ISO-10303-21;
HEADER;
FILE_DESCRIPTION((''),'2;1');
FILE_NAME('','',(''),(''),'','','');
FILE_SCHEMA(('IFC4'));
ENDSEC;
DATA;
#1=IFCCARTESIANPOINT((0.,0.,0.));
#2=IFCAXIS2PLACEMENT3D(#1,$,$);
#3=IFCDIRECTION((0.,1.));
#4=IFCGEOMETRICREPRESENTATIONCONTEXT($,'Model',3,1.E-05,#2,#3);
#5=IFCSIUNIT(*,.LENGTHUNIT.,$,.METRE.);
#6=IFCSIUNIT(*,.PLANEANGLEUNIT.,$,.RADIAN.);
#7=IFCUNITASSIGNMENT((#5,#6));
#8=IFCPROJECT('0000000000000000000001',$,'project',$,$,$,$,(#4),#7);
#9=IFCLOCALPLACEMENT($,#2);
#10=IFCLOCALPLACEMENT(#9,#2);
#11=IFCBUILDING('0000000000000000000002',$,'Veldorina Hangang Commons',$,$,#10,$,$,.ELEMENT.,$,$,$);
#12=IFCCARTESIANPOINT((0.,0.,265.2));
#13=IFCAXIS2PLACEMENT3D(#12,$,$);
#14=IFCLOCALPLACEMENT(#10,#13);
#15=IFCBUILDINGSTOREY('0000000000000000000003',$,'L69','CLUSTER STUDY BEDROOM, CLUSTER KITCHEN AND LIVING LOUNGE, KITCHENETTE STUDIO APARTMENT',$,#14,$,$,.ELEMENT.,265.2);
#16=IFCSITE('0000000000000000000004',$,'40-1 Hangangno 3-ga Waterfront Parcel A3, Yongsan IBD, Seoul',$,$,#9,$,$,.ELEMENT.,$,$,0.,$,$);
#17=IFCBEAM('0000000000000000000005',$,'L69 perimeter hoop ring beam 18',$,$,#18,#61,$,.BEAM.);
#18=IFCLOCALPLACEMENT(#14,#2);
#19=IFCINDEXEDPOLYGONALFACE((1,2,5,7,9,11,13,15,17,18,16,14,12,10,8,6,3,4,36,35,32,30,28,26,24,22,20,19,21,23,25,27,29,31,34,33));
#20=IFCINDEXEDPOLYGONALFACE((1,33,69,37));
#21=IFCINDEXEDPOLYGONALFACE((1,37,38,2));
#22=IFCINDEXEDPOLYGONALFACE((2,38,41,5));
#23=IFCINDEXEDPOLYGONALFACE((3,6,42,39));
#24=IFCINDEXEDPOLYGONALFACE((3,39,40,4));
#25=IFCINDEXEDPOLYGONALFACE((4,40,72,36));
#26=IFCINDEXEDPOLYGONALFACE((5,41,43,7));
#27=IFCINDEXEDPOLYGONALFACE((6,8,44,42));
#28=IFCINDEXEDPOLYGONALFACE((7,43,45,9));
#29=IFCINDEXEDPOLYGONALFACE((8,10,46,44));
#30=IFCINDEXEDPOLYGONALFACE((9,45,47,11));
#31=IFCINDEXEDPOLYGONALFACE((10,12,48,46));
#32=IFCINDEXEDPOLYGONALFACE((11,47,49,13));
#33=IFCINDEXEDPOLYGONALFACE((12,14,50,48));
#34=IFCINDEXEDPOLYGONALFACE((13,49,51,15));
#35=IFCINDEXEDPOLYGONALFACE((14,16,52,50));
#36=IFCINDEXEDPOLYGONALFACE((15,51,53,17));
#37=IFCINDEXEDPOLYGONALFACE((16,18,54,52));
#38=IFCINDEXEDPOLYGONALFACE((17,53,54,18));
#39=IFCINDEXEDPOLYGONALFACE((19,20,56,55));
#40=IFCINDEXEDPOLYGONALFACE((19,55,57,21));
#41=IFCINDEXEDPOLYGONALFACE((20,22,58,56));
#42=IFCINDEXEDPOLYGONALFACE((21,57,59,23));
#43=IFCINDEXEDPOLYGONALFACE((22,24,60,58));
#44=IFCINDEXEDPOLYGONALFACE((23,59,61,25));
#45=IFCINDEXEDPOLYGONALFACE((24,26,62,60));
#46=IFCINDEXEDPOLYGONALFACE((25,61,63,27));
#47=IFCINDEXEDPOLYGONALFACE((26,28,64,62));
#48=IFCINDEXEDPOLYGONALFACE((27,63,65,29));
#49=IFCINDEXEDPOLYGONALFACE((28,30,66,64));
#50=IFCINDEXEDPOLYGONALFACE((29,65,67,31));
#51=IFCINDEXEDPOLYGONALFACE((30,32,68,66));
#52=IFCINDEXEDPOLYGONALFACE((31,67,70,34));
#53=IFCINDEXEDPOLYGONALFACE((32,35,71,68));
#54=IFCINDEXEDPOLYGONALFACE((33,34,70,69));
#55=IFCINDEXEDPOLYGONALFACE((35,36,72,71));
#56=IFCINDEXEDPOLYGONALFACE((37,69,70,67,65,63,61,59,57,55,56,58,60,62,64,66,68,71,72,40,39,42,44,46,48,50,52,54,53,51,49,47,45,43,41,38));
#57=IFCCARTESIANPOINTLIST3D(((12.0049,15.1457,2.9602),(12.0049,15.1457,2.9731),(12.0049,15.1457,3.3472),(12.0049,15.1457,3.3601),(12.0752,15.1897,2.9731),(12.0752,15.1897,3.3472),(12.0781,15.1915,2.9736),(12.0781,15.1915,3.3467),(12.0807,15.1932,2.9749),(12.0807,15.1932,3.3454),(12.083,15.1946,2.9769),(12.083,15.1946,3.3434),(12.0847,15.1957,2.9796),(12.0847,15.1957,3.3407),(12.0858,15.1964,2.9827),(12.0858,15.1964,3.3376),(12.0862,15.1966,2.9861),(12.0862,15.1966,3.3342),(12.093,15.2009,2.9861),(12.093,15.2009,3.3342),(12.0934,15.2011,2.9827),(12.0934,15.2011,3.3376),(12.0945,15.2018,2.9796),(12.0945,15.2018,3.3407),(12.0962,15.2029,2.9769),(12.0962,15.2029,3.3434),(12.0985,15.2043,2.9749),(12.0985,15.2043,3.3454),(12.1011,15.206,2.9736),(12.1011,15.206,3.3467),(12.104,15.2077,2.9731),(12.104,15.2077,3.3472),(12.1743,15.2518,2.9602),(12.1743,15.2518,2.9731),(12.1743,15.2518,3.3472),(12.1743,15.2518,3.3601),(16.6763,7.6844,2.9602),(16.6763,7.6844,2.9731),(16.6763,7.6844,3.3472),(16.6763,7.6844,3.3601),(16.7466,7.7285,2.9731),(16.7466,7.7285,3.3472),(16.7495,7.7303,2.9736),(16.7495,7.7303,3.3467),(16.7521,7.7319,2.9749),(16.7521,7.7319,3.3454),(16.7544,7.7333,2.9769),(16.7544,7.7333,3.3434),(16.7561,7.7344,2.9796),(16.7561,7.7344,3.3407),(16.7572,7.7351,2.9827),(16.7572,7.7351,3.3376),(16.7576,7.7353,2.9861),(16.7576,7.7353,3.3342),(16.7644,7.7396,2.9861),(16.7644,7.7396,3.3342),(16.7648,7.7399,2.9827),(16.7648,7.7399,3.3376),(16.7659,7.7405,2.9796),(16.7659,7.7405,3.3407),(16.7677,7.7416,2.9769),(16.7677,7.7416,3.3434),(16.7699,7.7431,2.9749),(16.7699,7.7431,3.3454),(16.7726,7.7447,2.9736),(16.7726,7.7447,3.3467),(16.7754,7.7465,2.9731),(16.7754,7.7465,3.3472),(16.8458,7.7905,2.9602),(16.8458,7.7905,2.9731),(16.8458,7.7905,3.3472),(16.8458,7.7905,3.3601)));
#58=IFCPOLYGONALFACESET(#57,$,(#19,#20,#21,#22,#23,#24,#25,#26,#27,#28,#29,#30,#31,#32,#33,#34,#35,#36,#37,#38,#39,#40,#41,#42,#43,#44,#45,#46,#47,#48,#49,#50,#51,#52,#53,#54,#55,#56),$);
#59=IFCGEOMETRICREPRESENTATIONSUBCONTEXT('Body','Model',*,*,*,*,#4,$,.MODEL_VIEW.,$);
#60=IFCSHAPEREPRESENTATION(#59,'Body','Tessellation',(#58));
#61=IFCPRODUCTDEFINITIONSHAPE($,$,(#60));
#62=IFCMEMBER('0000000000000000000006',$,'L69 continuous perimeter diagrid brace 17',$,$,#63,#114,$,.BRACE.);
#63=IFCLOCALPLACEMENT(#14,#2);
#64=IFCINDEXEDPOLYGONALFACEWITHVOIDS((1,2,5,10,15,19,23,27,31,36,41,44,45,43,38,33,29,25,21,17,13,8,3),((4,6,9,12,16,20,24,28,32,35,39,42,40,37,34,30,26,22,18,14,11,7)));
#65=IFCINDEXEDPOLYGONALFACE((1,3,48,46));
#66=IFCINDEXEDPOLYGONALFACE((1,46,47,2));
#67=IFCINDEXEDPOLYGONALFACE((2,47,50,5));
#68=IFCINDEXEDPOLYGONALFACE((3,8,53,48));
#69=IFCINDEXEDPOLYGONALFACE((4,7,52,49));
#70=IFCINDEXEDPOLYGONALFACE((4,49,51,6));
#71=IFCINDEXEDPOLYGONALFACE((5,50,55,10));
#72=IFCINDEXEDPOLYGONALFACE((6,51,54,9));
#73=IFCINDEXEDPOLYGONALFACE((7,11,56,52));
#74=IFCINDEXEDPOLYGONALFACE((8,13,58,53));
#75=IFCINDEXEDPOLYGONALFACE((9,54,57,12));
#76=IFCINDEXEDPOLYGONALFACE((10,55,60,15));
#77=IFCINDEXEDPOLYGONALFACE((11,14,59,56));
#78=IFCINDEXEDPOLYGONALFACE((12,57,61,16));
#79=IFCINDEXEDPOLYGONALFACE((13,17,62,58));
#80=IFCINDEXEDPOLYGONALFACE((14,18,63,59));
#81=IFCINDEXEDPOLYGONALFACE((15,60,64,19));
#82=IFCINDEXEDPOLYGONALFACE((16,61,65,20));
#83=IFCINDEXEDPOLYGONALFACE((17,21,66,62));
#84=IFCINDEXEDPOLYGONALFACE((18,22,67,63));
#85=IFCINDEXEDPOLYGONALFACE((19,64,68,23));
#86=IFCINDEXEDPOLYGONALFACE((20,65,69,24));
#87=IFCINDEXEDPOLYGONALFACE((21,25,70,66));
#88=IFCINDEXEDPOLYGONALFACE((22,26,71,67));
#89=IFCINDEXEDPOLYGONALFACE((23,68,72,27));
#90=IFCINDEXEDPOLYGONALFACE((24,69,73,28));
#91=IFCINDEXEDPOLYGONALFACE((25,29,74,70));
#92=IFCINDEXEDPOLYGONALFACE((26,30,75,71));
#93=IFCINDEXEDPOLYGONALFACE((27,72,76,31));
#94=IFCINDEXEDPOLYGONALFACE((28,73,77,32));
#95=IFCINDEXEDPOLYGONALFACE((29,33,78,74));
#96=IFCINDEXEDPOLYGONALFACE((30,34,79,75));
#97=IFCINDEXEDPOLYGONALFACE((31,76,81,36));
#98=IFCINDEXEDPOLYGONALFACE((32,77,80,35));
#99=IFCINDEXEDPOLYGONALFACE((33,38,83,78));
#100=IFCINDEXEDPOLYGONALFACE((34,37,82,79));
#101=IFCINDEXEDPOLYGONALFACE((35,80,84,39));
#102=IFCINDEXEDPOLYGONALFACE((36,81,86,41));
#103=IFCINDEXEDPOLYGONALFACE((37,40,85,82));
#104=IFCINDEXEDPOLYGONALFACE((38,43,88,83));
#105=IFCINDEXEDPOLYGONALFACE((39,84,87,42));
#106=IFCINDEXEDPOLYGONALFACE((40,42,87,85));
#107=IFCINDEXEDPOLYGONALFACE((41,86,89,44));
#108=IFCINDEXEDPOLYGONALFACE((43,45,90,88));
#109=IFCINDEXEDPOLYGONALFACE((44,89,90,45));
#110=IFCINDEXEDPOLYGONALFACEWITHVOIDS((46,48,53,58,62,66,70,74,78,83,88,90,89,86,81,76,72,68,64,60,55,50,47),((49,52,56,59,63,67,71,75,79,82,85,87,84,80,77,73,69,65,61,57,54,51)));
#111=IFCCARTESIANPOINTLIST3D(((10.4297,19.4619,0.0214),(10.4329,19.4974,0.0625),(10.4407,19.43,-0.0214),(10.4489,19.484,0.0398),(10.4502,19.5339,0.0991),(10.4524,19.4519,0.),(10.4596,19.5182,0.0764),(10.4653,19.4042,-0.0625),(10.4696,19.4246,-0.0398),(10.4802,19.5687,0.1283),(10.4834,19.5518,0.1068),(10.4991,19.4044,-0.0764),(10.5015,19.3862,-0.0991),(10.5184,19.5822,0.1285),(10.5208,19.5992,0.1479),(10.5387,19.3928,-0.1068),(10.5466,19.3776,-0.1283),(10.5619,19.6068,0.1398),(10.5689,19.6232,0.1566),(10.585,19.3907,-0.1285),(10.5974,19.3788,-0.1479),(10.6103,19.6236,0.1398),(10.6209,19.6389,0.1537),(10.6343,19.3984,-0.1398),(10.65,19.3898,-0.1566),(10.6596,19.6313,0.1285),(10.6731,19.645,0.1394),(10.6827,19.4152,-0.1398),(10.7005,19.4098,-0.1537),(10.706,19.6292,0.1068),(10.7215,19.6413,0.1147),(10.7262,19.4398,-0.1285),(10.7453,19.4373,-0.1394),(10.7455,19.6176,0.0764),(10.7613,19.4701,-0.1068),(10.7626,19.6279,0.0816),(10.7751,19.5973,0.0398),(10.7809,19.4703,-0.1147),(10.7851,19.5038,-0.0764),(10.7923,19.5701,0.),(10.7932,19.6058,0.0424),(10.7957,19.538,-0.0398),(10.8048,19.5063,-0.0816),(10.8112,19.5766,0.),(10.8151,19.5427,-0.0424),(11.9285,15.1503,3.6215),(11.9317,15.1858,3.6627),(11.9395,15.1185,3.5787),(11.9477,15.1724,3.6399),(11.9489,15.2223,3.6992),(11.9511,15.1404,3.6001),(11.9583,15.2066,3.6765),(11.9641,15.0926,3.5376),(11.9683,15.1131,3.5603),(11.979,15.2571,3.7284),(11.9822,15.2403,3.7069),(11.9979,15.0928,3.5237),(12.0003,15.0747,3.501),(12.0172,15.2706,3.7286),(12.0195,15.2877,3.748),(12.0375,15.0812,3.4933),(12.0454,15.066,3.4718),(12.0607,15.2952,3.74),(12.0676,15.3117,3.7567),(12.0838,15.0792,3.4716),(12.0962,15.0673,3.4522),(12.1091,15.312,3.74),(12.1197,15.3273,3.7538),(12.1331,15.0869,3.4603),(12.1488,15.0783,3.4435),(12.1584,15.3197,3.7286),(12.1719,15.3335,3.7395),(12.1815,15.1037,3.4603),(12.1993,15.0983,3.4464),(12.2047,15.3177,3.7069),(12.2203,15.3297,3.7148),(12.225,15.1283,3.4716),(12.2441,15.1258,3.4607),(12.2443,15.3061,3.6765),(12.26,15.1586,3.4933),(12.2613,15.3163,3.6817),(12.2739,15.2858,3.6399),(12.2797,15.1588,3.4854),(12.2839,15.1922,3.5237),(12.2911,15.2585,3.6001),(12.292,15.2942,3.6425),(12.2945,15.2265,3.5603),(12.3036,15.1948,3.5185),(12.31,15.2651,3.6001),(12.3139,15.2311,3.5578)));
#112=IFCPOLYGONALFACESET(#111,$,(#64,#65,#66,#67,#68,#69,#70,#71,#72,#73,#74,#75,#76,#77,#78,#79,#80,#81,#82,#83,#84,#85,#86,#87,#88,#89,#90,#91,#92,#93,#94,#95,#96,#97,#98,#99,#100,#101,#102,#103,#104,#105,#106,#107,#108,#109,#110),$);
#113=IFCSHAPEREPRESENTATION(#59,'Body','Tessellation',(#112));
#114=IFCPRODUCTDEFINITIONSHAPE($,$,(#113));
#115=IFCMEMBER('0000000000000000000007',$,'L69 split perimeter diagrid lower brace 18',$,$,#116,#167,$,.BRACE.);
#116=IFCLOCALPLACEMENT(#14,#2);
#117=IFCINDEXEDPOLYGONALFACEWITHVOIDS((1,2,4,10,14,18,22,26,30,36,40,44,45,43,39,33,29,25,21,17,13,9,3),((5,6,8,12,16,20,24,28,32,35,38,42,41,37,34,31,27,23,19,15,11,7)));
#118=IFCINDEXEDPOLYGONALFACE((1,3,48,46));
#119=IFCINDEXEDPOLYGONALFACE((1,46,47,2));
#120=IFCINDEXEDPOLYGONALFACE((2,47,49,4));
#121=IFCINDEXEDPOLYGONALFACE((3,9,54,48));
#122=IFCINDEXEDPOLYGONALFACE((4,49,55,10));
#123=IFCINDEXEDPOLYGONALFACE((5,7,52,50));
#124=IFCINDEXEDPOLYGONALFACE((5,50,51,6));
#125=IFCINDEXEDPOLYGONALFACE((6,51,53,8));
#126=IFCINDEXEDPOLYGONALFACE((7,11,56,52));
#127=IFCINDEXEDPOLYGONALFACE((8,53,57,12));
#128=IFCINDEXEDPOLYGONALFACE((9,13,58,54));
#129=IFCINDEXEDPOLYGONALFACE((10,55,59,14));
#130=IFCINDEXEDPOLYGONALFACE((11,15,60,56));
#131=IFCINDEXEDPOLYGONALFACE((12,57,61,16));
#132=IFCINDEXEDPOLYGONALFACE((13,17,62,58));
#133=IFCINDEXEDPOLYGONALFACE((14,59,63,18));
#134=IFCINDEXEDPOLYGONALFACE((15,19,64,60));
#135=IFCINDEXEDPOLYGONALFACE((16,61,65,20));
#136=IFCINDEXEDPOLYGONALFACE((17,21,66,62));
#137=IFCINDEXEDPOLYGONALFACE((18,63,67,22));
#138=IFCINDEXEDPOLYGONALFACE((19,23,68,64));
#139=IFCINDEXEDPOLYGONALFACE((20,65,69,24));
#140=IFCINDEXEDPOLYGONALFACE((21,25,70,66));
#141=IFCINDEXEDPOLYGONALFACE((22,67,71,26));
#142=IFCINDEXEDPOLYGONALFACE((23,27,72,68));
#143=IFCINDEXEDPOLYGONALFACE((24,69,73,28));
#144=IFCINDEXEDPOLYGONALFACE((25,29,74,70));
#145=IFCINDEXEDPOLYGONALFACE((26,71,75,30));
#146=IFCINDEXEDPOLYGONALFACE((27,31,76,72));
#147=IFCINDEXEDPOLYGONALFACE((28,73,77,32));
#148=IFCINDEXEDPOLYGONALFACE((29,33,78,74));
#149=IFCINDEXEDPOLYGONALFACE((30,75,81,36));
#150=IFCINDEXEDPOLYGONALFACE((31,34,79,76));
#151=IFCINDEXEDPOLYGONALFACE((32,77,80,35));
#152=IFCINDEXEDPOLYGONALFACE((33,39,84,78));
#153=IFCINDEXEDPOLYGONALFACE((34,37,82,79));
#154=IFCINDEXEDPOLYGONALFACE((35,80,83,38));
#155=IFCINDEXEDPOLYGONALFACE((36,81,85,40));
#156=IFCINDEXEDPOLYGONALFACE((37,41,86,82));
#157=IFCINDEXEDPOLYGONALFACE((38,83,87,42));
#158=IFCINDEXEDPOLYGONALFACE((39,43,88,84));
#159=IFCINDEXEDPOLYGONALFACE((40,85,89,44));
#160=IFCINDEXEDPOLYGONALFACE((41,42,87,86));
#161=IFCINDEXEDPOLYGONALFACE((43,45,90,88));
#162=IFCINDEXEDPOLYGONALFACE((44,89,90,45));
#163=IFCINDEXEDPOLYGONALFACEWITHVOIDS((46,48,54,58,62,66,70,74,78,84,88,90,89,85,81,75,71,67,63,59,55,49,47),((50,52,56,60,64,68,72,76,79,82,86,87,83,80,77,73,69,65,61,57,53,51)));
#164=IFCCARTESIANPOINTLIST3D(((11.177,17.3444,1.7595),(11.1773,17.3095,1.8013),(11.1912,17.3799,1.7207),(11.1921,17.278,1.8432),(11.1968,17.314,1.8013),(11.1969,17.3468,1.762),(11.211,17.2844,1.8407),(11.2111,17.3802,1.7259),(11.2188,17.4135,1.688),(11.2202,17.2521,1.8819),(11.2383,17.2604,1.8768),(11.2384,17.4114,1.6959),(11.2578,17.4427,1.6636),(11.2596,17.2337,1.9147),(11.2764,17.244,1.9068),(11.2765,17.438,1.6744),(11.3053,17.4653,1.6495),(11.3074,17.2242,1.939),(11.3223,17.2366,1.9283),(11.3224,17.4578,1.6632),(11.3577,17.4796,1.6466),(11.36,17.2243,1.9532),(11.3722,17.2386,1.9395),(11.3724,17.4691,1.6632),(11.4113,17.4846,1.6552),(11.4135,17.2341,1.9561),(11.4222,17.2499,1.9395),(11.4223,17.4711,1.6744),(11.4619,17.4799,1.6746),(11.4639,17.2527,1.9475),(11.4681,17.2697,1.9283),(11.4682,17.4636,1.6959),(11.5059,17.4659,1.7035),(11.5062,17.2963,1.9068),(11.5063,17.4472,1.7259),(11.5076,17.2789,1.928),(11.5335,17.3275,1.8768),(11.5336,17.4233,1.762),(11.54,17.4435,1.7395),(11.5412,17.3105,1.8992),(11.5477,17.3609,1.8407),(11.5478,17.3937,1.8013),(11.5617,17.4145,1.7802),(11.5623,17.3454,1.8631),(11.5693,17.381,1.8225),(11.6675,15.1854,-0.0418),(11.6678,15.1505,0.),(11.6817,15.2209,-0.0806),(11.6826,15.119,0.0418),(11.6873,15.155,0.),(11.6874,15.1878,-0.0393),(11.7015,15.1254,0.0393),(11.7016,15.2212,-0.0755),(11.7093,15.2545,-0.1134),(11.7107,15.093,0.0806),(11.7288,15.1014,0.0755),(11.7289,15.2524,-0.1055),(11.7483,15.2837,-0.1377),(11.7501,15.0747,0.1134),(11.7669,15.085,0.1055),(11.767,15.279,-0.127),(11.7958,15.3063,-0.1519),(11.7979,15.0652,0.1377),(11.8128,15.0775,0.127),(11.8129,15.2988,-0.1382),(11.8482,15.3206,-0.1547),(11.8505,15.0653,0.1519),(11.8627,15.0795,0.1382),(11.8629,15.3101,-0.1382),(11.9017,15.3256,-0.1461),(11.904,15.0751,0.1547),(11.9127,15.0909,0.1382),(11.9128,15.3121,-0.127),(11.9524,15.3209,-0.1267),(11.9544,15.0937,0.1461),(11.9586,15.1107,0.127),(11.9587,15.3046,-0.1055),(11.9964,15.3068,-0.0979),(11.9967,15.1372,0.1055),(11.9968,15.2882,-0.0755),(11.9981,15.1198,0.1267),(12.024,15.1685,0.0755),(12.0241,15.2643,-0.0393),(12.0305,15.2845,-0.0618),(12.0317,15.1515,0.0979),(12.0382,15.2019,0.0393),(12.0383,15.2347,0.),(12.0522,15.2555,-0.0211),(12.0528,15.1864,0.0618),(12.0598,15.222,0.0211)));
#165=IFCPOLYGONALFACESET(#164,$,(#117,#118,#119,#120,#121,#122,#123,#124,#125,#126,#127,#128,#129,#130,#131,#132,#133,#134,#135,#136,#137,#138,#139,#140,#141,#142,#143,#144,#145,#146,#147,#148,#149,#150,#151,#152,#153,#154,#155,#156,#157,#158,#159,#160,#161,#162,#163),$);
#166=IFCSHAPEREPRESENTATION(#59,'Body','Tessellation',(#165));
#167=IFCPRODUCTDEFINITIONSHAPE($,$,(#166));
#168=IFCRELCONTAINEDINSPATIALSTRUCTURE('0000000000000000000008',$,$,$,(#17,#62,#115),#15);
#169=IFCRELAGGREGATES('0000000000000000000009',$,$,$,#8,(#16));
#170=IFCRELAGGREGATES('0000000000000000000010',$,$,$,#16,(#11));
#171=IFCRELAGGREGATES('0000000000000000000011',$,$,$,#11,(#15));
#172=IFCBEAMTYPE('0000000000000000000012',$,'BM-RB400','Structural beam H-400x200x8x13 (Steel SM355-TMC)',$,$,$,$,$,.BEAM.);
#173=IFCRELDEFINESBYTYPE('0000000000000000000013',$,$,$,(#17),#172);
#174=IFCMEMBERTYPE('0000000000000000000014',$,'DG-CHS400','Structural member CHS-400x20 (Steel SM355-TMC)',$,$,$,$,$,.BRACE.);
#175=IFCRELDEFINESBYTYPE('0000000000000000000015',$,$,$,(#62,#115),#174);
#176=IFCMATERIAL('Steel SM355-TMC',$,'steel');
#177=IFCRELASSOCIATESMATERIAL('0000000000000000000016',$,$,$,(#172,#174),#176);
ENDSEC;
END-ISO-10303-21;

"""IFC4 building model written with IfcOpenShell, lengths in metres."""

from ifc_helpers import new_model, si_unit, direction, frame, origin, origin_2d, place, context, subcontext, project, spatial, hollow_circle, i_section, extrude, material, material_profile, profile_set, type_object, element, save


model = new_model("IFC4")

# Units and contexts
model_context = context("Model", 3, precision=1e-05, world=origin(), true_north=direction((0.0, 1.0)))
body_context = subcontext(model_context, "Body", "Model", "MODEL_VIEW")
ifc_project = project(units=[si_unit("LENGTHUNIT", "METRE"), si_unit("PLANEANGLEUNIT", "RADIAN")], contexts=[model_context])

# Site, building, storey
site_placement = place(None, origin())
site = spatial("IfcSite", under=ifc_project, at=site_placement, Name="40-1 Hangangno 3-ga Waterfront Parcel A3, Yongsan IBD, Seoul", CompositionType="ELEMENT", RefElevation=0.0)
building_placement = place(site_placement, origin())
building = spatial("IfcBuilding", under=site, at=building_placement, Name="Veldorina Hangang Commons", CompositionType="ELEMENT")
storey_placement = place(building_placement, frame((0.0, 0.0, 265.2)))
storey = spatial("IfcBuildingStorey", under=building, at=storey_placement, Name="L69", Description="CLUSTER STUDY BEDROOM, CLUSTER KITCHEN AND LIVING LOUNGE, KITCHENETTE STUDIO APARTMENT", CompositionType="ELEMENT", Elevation=265.2)

# Beam
ifc_material_1 = material(Name="Steel SM355-TMC", Category="steel")
ifc_material_profile_1 = material_profile(ifc_material_1, i_section(OverallWidth=0.2, OverallDepth=0.3999, WebThickness=0.0081, FlangeThickness=0.0129, FilletRadius=0.0129, at=origin_2d()), Name="H-400x200x8x13")
ifc_profile_set_1 = profile_set([ifc_material_profile_1], Name="Steel SM355-TMC")
beam_type = type_object("IfcBeamType", Name="BM-RB400", Description="Structural beam H-400x200x8x13 (Steel SM355-TMC)", PredefinedType="BEAM", material=ifc_profile_set_1)
beam_placement = place(storey_placement, frame((12.0896, 15.1987, 3.1602), z_axis=(0.530664, -0.847582, 0.0), x_axis=(0.847582, 0.530664, 0.0)))
element("IfcBeam", 1, at=beam_placement, inside=storey, type_object=beam_type, Name="L69 perimeter hoop ring beam 18", PredefinedType="BEAM", context=body_context, shape_type="SweptSolid", body=[
    extrude(i_section(OverallWidth=0.2, OverallDepth=0.3999, WebThickness=0.0081, FlangeThickness=0.0129, FilletRadius=0.0129, at=origin_2d()), origin(), (0.0, 0.0, 1.0), 8.803),
])

# Members
ifc_material_profile_2 = material_profile(ifc_material_1, hollow_circle(Radius=0.2, WallThickness=0.02, at=origin_2d()), Name="CHS-400x20")
ifc_profile_set_2 = profile_set([ifc_material_profile_2], Name="Steel SM355-TMC")
member_type_1 = type_object("IfcMemberType", Name="DG-CHS400", Description="Structural member CHS-400x20 (Steel SM355-TMC)", PredefinedType="BRACE", material=ifc_profile_set_2)
member_1_placement = place(storey_placement, frame((10.6223, 19.511, 0.0), z_axis=(0.257812, -0.741645, 0.61927), x_axis=(0.944557, 0.328348, 0.0)))
element("IfcMember", 2, at=member_1_placement, inside=storey, type_object=member_type_1, Name="L69 continuous perimeter diagrid brace 17", PredefinedType="BRACE", context=body_context, shape_type="SweptSolid", body=[
    extrude(hollow_circle(Radius=0.2, WallThickness=0.02, at=origin_2d()), origin(), (0.0, 0.0, 1.0), 5.8135),
])
member_2_placement = place(storey_placement, frame((11.8628, 15.1948, 0.0), z_axis=(-0.171848, 0.756421, 0.631107), x_axis=(-0.975151, -0.22154, 0.0)))
element("IfcMember", 3, at=member_2_placement, inside=storey, type_object=member_type_1, Name="L69 split perimeter diagrid lower brace 18", PredefinedType="BRACE", context=body_context, shape_type="SweptSolid", body=[
    extrude(hollow_circle(Radius=0.2, WallThickness=0.02, at=origin_2d()), origin(), (0.0, 0.0, 1.0), 2.8542),
])

save(model, "model.ifc")
